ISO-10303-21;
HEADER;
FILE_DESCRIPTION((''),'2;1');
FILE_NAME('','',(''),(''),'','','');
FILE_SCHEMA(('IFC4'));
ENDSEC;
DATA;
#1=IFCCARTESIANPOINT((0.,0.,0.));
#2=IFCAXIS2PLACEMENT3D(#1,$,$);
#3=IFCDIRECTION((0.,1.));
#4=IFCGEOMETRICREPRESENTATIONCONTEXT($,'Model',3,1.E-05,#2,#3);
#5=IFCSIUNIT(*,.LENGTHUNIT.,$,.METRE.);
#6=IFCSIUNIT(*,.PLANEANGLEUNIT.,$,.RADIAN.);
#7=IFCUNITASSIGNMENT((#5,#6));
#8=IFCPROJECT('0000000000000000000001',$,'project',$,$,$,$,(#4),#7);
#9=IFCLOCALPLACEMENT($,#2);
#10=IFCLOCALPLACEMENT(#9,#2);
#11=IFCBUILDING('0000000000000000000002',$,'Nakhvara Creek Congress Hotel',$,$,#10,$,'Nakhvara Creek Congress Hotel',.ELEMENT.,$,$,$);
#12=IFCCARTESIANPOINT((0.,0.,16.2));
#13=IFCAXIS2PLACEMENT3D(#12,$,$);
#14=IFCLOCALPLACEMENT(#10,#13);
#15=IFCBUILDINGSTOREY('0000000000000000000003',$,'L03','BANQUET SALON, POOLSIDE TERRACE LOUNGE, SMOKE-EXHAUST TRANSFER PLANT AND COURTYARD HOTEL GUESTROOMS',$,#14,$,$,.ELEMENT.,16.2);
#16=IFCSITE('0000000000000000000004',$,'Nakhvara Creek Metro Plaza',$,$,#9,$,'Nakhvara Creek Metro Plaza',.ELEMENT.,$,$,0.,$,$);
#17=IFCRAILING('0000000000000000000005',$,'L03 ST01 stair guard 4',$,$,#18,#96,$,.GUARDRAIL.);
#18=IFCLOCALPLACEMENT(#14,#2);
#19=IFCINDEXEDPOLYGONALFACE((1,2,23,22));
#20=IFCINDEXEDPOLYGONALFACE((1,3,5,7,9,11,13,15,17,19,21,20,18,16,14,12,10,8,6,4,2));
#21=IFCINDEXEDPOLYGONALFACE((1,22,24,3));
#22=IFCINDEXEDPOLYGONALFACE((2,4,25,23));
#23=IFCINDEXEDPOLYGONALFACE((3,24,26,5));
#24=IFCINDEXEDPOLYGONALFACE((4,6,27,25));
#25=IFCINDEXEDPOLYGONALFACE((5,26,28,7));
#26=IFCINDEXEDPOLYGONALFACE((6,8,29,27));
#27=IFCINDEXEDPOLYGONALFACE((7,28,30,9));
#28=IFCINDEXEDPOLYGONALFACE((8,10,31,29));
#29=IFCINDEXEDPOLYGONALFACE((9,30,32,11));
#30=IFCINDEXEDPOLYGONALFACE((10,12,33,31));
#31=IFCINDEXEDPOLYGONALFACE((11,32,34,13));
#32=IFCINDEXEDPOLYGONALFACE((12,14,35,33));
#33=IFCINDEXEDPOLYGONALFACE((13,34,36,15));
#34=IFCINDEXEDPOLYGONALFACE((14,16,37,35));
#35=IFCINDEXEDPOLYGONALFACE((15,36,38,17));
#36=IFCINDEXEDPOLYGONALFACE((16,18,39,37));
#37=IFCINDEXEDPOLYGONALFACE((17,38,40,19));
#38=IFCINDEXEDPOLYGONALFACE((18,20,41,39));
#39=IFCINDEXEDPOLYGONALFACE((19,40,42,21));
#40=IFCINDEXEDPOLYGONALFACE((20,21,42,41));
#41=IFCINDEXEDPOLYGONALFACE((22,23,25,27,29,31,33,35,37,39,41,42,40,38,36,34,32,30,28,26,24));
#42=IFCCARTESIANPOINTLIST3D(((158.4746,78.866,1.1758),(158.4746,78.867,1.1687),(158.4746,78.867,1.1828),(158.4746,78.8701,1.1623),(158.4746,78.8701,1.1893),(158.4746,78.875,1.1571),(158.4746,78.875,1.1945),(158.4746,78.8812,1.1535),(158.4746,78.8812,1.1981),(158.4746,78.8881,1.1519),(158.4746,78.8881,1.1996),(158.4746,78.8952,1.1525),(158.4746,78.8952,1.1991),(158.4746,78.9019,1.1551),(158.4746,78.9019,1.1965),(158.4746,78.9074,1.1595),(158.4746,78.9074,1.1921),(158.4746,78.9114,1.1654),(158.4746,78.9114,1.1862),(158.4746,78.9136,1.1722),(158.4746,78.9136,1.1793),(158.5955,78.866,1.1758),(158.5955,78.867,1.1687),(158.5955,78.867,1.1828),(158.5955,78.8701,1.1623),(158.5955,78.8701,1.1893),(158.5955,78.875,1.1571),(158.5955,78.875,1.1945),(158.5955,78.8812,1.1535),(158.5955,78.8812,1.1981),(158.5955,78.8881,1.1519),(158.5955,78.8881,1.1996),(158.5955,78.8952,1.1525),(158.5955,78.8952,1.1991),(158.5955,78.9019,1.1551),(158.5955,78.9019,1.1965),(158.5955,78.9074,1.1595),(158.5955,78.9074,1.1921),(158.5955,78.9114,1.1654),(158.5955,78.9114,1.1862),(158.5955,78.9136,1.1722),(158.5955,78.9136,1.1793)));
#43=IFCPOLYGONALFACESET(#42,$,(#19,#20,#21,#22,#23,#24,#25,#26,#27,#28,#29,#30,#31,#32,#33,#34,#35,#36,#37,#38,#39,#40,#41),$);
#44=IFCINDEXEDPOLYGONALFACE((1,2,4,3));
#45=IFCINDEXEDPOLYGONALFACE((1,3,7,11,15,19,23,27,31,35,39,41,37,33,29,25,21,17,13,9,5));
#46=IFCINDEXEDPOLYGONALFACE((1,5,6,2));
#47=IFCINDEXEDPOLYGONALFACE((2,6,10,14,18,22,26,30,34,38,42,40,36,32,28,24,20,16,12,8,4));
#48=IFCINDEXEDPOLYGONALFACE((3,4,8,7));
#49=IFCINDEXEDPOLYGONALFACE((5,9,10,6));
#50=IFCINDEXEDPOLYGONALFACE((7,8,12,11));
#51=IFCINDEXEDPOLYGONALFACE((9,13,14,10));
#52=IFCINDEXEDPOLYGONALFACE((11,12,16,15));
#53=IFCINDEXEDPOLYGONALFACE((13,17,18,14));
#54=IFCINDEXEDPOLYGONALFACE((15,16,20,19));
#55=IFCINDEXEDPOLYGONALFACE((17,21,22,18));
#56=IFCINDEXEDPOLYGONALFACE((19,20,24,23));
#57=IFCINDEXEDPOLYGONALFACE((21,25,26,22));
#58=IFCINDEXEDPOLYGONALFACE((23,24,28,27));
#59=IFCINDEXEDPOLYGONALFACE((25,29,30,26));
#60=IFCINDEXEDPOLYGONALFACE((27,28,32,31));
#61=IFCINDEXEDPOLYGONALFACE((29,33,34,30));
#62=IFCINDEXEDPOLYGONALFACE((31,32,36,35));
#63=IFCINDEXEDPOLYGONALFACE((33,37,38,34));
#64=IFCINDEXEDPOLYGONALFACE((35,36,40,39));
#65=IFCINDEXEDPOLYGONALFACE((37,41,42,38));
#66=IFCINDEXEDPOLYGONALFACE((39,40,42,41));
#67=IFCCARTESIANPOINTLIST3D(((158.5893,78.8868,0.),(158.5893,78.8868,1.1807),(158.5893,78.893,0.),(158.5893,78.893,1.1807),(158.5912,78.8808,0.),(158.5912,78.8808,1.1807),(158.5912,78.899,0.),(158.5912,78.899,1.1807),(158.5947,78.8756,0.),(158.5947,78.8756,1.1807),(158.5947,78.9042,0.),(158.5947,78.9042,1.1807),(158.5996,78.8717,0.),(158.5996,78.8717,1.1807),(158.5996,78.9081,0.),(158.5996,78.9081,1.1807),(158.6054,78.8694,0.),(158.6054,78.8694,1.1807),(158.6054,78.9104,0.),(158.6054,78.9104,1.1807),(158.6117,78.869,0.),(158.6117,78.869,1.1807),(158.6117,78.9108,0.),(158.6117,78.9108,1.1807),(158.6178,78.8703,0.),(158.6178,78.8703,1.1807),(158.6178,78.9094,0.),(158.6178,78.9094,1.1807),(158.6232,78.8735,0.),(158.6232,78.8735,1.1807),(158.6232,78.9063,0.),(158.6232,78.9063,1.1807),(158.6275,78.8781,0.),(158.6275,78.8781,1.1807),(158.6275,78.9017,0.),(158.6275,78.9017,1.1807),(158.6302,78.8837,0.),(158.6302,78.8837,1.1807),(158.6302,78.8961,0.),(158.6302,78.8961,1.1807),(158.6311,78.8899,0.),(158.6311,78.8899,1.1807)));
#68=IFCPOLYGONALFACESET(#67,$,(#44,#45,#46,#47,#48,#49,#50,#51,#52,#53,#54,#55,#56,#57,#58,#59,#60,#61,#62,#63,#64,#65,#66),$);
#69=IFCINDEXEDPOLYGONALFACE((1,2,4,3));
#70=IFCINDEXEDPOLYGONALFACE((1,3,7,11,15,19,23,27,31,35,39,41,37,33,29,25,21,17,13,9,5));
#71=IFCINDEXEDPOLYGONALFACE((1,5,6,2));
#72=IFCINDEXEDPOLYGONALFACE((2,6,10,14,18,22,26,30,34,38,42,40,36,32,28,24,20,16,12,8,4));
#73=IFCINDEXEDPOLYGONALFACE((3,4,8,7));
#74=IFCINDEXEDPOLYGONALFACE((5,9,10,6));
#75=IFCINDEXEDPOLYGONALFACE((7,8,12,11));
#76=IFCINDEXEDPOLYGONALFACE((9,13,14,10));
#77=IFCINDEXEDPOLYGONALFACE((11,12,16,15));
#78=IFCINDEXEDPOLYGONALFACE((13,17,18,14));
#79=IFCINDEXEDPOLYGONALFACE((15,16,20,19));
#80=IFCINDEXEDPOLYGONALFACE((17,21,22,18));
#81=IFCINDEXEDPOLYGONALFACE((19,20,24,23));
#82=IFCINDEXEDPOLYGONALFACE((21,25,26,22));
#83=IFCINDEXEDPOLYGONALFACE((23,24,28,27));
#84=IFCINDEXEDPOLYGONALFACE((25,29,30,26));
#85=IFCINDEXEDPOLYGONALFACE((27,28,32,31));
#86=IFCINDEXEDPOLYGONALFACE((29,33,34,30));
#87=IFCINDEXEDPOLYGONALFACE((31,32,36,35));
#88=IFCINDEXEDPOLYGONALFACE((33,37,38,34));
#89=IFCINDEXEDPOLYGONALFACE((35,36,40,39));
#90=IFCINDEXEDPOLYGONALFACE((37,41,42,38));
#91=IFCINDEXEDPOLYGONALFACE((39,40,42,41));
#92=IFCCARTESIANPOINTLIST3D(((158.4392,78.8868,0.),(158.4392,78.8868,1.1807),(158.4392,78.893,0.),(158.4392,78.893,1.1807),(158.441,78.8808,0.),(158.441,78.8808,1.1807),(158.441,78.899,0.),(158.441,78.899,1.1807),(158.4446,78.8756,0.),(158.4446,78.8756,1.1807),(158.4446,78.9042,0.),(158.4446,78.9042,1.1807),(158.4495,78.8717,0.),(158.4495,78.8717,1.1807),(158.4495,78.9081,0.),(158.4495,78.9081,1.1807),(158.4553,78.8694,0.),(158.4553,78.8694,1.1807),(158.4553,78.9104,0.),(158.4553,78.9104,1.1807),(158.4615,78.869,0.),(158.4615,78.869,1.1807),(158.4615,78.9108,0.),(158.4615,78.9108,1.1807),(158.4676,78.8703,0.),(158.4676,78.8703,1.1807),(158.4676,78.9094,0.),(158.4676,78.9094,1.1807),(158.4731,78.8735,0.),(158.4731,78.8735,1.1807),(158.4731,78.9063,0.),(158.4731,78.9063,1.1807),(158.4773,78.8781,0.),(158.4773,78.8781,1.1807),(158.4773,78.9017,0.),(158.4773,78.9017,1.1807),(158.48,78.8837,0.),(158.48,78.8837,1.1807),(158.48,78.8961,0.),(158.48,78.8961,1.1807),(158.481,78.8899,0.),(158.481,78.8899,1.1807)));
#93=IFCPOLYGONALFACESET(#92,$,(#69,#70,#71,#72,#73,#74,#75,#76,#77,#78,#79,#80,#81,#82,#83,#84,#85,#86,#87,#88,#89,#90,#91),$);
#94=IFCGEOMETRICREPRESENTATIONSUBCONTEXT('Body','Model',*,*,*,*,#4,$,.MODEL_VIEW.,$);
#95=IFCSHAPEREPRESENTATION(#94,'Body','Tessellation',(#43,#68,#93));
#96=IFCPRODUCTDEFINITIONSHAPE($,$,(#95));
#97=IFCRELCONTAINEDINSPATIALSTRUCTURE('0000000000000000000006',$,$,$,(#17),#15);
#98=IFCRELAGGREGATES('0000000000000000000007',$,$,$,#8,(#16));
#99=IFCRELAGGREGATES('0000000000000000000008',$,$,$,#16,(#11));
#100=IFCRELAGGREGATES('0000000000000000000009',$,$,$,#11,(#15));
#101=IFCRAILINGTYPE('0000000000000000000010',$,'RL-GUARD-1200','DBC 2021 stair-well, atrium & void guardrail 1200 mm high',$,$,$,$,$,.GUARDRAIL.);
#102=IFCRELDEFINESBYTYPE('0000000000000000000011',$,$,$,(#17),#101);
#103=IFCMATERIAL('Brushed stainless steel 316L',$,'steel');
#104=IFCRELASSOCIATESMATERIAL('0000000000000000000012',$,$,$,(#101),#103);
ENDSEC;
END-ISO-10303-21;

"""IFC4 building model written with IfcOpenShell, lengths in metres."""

from ifc_helpers import new_model, si_unit, direction, frame, origin, origin_2d, place, context, subcontext, project, spatial, circle, extrude, material, type_object, element, save


model = new_model("IFC4")

# Units and contexts
model_context = context("Model", 3, precision=1e-05, world=origin(), true_north=direction((0.0, 1.0)))
body_context = subcontext(model_context, "Body", "Model", "MODEL_VIEW")
ifc_project = project(units=[si_unit("LENGTHUNIT", "METRE"), si_unit("PLANEANGLEUNIT", "RADIAN")], contexts=[model_context])

# Site, building, storey
site_placement = place(None, origin())
site = spatial("IfcSite", under=ifc_project, at=site_placement, Name="Nakhvara Creek Metro Plaza", LongName="Nakhvara Creek Metro Plaza", CompositionType="ELEMENT", RefElevation=0.0)
building_placement = place(site_placement, origin())
building = spatial("IfcBuilding", under=site, at=building_placement, Name="Nakhvara Creek Congress Hotel", LongName="Nakhvara Creek Congress Hotel", CompositionType="ELEMENT")
storey_placement = place(building_placement, frame((0.0, 0.0, 16.2)))
storey = spatial("IfcBuildingStorey", under=building, at=storey_placement, Name="L03", Description="BANQUET SALON, POOLSIDE TERRACE LOUNGE, SMOKE-EXHAUST TRANSFER PLANT AND COURTYARD HOTEL GUESTROOMS", CompositionType="ELEMENT", Elevation=16.2)

# Railing
ifc_material_1 = material(Name="Brushed stainless steel 316L", Category="steel")
railing_type_1 = type_object("IfcRailingType", Name="RL-GUARD-1200", Description="DBC 2021 stair-well, atrium & void guardrail 1200 mm high", PredefinedType="GUARDRAIL", material=ifc_material_1)
railing_1_placement = place(storey_placement, frame((158.6101, 78.8899, 0.0)))
element("IfcRailing", 1, at=railing_1_placement, inside=storey, type_object=railing_type_1, Name="L03 ST01 stair guard 4", PredefinedType="GUARDRAIL", context=body_context, shape_type="SweptSolid", body=[
    extrude(circle(Radius=0.0239, at=origin_2d()), frame((-0.0146, 0.0, 1.1758), z_axis=(-1.0, 0.0, 0.0), x_axis=(0.0, -1.0, 0.0)), (0.0, 0.0, 1.0), 0.1208),
    extrude(circle(Radius=0.021, at=origin_2d()), origin(), (0.0, 0.0, 1.0), 1.1807),
    extrude(circle(Radius=0.021, at=origin_2d()), frame((-0.1501, 0.0, 0.0)), (0.0, 0.0, 1.0), 1.1807),
])

save(model, "model.ifc")
